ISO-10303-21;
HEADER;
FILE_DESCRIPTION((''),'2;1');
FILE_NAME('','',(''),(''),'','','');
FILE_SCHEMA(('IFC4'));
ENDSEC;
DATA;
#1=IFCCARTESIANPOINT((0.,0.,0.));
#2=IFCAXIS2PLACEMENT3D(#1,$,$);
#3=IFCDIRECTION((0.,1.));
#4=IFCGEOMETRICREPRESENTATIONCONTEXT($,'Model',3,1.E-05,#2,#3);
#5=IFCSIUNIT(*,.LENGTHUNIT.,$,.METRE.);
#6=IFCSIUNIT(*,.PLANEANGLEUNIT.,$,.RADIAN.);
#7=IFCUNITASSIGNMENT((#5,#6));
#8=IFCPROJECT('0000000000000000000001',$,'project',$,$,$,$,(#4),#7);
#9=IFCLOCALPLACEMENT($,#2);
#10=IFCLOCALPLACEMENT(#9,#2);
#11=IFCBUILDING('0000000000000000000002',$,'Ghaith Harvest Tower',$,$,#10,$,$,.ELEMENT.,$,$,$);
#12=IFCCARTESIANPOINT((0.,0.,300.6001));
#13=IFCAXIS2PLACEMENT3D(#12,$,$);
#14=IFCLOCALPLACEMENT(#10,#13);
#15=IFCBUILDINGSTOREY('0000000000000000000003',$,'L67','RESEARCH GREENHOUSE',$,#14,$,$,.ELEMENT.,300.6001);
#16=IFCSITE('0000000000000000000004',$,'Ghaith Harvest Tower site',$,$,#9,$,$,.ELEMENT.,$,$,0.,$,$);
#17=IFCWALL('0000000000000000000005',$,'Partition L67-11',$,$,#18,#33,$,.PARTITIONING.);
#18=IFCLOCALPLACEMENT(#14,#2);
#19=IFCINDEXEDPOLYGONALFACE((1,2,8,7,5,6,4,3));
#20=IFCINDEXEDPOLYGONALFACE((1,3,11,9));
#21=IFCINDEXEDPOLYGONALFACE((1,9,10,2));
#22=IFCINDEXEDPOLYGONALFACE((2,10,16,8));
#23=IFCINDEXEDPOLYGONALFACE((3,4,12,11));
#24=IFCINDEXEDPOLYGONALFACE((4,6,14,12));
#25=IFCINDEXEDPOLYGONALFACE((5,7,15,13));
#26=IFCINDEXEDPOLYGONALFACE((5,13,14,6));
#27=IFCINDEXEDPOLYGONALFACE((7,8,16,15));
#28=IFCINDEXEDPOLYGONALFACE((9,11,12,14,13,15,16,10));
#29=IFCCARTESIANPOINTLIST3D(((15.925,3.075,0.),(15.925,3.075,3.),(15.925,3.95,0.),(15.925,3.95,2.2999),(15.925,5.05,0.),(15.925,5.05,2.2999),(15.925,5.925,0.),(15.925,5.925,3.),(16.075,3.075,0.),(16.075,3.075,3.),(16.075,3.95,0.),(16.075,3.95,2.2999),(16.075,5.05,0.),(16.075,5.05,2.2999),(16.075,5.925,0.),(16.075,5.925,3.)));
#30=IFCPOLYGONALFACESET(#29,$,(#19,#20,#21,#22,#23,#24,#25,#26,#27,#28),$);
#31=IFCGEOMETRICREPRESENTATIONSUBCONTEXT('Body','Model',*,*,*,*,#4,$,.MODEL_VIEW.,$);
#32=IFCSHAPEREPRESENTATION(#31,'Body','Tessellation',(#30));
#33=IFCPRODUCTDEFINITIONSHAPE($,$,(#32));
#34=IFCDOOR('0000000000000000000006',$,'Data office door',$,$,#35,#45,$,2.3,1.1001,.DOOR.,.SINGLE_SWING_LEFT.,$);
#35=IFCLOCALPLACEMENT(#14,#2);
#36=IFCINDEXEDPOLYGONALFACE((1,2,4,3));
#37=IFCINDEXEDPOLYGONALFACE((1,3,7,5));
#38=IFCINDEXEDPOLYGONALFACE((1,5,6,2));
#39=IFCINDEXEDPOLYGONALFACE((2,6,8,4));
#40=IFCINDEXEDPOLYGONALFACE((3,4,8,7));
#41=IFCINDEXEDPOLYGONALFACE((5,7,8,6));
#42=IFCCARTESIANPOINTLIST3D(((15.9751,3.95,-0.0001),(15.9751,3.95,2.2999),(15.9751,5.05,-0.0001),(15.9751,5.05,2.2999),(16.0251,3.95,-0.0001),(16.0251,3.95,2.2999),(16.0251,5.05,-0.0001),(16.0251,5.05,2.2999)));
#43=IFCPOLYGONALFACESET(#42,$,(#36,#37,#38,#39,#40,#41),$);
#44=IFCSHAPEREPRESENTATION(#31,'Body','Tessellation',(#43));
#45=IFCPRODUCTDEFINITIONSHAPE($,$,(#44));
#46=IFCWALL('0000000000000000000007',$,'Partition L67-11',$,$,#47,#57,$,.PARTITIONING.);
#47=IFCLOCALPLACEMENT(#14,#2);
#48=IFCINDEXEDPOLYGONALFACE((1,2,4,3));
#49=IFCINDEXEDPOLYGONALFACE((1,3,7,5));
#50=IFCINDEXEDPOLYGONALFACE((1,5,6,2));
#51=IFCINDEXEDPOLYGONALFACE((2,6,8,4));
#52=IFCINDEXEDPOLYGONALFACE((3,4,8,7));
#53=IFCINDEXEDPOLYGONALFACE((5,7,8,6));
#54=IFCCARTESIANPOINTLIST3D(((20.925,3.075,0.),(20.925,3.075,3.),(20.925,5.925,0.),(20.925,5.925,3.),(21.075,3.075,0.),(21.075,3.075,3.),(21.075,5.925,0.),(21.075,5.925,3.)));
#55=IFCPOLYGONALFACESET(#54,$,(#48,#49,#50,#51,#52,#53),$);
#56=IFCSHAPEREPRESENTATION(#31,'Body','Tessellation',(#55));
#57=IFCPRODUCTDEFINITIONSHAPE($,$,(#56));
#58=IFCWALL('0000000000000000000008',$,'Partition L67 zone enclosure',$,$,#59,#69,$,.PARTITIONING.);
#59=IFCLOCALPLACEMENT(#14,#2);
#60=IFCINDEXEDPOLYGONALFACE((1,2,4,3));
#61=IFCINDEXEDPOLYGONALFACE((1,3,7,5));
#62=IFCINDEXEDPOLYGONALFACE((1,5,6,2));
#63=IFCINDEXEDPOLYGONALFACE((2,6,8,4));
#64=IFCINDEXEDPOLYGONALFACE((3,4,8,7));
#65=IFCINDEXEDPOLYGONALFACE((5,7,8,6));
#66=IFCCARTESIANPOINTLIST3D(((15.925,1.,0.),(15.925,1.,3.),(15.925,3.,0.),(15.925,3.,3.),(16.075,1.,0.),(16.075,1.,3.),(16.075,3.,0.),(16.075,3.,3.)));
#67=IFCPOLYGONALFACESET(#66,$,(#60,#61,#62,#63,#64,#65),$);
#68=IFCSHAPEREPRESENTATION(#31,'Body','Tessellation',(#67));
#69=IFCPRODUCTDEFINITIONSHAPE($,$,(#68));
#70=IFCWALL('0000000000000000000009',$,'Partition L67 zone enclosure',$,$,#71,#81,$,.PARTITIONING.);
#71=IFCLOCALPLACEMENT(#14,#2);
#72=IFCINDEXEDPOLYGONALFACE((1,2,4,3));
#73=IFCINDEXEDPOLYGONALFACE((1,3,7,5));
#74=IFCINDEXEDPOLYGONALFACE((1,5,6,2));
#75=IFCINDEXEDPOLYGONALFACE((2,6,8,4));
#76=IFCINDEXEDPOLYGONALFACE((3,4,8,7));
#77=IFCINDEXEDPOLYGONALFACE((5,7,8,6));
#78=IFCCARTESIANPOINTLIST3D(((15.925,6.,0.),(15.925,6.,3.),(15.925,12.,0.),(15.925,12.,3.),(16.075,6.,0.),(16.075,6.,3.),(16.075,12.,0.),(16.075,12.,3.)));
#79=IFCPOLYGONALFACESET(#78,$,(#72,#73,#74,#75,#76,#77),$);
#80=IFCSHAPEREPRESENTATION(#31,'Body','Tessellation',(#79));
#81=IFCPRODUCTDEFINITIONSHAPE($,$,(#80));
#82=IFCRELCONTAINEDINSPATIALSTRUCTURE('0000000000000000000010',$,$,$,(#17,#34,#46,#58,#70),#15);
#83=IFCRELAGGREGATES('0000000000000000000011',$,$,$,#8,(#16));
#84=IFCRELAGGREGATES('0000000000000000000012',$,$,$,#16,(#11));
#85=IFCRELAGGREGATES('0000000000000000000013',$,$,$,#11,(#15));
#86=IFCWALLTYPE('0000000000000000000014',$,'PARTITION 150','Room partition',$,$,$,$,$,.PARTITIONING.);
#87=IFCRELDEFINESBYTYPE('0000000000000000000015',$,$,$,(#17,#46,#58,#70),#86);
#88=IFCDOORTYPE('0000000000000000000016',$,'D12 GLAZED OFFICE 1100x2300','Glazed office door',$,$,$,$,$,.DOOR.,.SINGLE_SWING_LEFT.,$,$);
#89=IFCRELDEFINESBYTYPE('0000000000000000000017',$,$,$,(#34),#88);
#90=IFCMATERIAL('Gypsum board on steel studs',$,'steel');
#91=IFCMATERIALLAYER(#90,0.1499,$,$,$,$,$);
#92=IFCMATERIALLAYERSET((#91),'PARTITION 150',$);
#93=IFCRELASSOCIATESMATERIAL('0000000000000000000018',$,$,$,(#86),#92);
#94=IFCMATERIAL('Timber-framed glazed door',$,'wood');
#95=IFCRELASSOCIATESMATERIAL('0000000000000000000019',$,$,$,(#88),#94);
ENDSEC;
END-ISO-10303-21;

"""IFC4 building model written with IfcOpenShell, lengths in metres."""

from ifc_helpers import new_model, si_unit, direction, frame, frame_2d, origin, place, context, subcontext, project, spatial, rectangle, extrude, material, layer, layer_set, type_object, element, fill, save


model = new_model("IFC4")

# Units and contexts
model_context = context("Model", 3, precision=1e-05, world=origin(), true_north=direction((0.0, 1.0)))
body_context = subcontext(model_context, "Body", "Model", "MODEL_VIEW")
ifc_project = project(units=[si_unit("LENGTHUNIT", "METRE"), si_unit("PLANEANGLEUNIT", "RADIAN")], contexts=[model_context])

# Site, building, storey
site_placement = place(None, origin())
site = spatial("IfcSite", under=ifc_project, at=site_placement, Name="Ghaith Harvest Tower site", CompositionType="ELEMENT", RefElevation=0.0)
building_placement = place(site_placement, origin())
building = spatial("IfcBuilding", under=site, at=building_placement, Name="Ghaith Harvest Tower", CompositionType="ELEMENT")
storey_placement = place(building_placement, frame((0.0, 0.0, 300.6001)))
storey = spatial("IfcBuildingStorey", under=building, at=storey_placement, Name="L67", Description="RESEARCH GREENHOUSE", CompositionType="ELEMENT", Elevation=300.6001)

# Shared definitions
ifc_material_1 = material(Name="Gypsum board on steel studs", Category="steel")
ifc_layer_1 = layer(ifc_material_1, 0.1499)
ifc_layer_set_1 = layer_set([ifc_layer_1], Name="PARTITION 150")
wall_type = type_object("IfcWallType", Name="PARTITION 150", Description="Room partition", PredefinedType="PARTITIONING", material=ifc_layer_set_1)

# Wall, opening, door
wall_1_placement = place(storey_placement, frame((16.0, 3.075, 0.0), z_axis=(0.0, 0.0, 1.0), x_axis=(0.0, 1.0, 0.0)))
wall_1 = element("IfcWall", 1, at=wall_1_placement, inside=storey, type_object=wall_type, Name="Partition L67-11", PredefinedType="PARTITIONING", context=body_context, shape_type="SweptSolid", body=[
    extrude(rectangle(XDim=2.8501, YDim=0.1499, at=frame_2d((1.425, 0.0))), origin(), (0.0, 0.0, 1.0), 3.0),
])
opening_placement = place(wall_1_placement, frame((0.875, 0.0, 0.0)))
opening = element("IfcOpeningElement", 2, at=opening_placement, cuts=wall_1, PredefinedType="OPENING", context=body_context, shape_type="SweptSolid", body=[
    extrude(rectangle(XDim=1.1001, YDim=2.3, at=frame_2d((0.55, 1.1499))), frame((0.0, 0.085, 0.0), z_axis=(0.0, -1.0, 0.0), x_axis=(1.0, 0.0, 0.0)), (0.0, 0.0, 1.0), 0.1699),
])
ifc_material_2 = material(Name="Timber-framed glazed door", Category="wood")
door_type = type_object("IfcDoorType", Name="D12 GLAZED OFFICE 1100x2300", Description="Glazed office door", OperationType="SINGLE_SWING_LEFT", PredefinedType="DOOR", material=ifc_material_2)
door_placement = place(opening_placement, origin())
door = element("IfcDoor", 3, at=door_placement, inside=storey, type_object=door_type, Name="Data office door", OperationType="SINGLE_SWING_LEFT", OverallHeight=2.3, OverallWidth=1.1001, PredefinedType="DOOR", context=body_context, shape_type="SweptSolid", body=[
    extrude(rectangle(XDim=1.1001, YDim=2.3, at=frame_2d((0.55, 1.1499))), frame((0.0, 0.0249, 0.0), z_axis=(0.0, -1.0, 0.0), x_axis=(1.0, 0.0, 0.0)), (0.0, 0.0, 1.0), 0.05),
])
fill(opening, door)

# Walls
wall_2_placement = place(storey_placement, frame((21.0, 3.075, 0.0), z_axis=(0.0, 0.0, 1.0), x_axis=(0.0, 1.0, 0.0)))
element("IfcWall", 4, at=wall_2_placement, inside=storey, type_object=wall_type, Name="Partition L67-11", PredefinedType="PARTITIONING", context=body_context, shape_type="SweptSolid", body=[
    extrude(rectangle(XDim=2.8501, YDim=0.1499, at=frame_2d((1.425, 0.0))), origin(), (0.0, 0.0, 1.0), 3.0),
])
wall_3_placement = place(storey_placement, frame((16.0, 1.0, 0.0), z_axis=(0.0, 0.0, 1.0), x_axis=(0.0, 1.0, 0.0)))
element("IfcWall", 5, at=wall_3_placement, inside=storey, type_object=wall_type, Name="Partition L67 zone enclosure", PredefinedType="PARTITIONING", context=body_context, shape_type="SweptSolid", body=[
    extrude(rectangle(XDim=2.0, YDim=0.1499, at=frame_2d((1.0, 0.0))), origin(), (0.0, 0.0, 1.0), 3.0),
])
wall_4_placement = place(storey_placement, frame((16.0, 6.0, 0.0), z_axis=(0.0, 0.0, 1.0), x_axis=(0.0, 1.0, 0.0)))
element("IfcWall", 6, at=wall_4_placement, inside=storey, type_object=wall_type, Name="Partition L67 zone enclosure", PredefinedType="PARTITIONING", context=body_context, shape_type="SweptSolid", body=[
    extrude(rectangle(XDim=6.0, YDim=0.1499, at=frame_2d((3.0, 0.0))), origin(), (0.0, 0.0, 1.0), 3.0),
])

save(model, "model.ifc")
